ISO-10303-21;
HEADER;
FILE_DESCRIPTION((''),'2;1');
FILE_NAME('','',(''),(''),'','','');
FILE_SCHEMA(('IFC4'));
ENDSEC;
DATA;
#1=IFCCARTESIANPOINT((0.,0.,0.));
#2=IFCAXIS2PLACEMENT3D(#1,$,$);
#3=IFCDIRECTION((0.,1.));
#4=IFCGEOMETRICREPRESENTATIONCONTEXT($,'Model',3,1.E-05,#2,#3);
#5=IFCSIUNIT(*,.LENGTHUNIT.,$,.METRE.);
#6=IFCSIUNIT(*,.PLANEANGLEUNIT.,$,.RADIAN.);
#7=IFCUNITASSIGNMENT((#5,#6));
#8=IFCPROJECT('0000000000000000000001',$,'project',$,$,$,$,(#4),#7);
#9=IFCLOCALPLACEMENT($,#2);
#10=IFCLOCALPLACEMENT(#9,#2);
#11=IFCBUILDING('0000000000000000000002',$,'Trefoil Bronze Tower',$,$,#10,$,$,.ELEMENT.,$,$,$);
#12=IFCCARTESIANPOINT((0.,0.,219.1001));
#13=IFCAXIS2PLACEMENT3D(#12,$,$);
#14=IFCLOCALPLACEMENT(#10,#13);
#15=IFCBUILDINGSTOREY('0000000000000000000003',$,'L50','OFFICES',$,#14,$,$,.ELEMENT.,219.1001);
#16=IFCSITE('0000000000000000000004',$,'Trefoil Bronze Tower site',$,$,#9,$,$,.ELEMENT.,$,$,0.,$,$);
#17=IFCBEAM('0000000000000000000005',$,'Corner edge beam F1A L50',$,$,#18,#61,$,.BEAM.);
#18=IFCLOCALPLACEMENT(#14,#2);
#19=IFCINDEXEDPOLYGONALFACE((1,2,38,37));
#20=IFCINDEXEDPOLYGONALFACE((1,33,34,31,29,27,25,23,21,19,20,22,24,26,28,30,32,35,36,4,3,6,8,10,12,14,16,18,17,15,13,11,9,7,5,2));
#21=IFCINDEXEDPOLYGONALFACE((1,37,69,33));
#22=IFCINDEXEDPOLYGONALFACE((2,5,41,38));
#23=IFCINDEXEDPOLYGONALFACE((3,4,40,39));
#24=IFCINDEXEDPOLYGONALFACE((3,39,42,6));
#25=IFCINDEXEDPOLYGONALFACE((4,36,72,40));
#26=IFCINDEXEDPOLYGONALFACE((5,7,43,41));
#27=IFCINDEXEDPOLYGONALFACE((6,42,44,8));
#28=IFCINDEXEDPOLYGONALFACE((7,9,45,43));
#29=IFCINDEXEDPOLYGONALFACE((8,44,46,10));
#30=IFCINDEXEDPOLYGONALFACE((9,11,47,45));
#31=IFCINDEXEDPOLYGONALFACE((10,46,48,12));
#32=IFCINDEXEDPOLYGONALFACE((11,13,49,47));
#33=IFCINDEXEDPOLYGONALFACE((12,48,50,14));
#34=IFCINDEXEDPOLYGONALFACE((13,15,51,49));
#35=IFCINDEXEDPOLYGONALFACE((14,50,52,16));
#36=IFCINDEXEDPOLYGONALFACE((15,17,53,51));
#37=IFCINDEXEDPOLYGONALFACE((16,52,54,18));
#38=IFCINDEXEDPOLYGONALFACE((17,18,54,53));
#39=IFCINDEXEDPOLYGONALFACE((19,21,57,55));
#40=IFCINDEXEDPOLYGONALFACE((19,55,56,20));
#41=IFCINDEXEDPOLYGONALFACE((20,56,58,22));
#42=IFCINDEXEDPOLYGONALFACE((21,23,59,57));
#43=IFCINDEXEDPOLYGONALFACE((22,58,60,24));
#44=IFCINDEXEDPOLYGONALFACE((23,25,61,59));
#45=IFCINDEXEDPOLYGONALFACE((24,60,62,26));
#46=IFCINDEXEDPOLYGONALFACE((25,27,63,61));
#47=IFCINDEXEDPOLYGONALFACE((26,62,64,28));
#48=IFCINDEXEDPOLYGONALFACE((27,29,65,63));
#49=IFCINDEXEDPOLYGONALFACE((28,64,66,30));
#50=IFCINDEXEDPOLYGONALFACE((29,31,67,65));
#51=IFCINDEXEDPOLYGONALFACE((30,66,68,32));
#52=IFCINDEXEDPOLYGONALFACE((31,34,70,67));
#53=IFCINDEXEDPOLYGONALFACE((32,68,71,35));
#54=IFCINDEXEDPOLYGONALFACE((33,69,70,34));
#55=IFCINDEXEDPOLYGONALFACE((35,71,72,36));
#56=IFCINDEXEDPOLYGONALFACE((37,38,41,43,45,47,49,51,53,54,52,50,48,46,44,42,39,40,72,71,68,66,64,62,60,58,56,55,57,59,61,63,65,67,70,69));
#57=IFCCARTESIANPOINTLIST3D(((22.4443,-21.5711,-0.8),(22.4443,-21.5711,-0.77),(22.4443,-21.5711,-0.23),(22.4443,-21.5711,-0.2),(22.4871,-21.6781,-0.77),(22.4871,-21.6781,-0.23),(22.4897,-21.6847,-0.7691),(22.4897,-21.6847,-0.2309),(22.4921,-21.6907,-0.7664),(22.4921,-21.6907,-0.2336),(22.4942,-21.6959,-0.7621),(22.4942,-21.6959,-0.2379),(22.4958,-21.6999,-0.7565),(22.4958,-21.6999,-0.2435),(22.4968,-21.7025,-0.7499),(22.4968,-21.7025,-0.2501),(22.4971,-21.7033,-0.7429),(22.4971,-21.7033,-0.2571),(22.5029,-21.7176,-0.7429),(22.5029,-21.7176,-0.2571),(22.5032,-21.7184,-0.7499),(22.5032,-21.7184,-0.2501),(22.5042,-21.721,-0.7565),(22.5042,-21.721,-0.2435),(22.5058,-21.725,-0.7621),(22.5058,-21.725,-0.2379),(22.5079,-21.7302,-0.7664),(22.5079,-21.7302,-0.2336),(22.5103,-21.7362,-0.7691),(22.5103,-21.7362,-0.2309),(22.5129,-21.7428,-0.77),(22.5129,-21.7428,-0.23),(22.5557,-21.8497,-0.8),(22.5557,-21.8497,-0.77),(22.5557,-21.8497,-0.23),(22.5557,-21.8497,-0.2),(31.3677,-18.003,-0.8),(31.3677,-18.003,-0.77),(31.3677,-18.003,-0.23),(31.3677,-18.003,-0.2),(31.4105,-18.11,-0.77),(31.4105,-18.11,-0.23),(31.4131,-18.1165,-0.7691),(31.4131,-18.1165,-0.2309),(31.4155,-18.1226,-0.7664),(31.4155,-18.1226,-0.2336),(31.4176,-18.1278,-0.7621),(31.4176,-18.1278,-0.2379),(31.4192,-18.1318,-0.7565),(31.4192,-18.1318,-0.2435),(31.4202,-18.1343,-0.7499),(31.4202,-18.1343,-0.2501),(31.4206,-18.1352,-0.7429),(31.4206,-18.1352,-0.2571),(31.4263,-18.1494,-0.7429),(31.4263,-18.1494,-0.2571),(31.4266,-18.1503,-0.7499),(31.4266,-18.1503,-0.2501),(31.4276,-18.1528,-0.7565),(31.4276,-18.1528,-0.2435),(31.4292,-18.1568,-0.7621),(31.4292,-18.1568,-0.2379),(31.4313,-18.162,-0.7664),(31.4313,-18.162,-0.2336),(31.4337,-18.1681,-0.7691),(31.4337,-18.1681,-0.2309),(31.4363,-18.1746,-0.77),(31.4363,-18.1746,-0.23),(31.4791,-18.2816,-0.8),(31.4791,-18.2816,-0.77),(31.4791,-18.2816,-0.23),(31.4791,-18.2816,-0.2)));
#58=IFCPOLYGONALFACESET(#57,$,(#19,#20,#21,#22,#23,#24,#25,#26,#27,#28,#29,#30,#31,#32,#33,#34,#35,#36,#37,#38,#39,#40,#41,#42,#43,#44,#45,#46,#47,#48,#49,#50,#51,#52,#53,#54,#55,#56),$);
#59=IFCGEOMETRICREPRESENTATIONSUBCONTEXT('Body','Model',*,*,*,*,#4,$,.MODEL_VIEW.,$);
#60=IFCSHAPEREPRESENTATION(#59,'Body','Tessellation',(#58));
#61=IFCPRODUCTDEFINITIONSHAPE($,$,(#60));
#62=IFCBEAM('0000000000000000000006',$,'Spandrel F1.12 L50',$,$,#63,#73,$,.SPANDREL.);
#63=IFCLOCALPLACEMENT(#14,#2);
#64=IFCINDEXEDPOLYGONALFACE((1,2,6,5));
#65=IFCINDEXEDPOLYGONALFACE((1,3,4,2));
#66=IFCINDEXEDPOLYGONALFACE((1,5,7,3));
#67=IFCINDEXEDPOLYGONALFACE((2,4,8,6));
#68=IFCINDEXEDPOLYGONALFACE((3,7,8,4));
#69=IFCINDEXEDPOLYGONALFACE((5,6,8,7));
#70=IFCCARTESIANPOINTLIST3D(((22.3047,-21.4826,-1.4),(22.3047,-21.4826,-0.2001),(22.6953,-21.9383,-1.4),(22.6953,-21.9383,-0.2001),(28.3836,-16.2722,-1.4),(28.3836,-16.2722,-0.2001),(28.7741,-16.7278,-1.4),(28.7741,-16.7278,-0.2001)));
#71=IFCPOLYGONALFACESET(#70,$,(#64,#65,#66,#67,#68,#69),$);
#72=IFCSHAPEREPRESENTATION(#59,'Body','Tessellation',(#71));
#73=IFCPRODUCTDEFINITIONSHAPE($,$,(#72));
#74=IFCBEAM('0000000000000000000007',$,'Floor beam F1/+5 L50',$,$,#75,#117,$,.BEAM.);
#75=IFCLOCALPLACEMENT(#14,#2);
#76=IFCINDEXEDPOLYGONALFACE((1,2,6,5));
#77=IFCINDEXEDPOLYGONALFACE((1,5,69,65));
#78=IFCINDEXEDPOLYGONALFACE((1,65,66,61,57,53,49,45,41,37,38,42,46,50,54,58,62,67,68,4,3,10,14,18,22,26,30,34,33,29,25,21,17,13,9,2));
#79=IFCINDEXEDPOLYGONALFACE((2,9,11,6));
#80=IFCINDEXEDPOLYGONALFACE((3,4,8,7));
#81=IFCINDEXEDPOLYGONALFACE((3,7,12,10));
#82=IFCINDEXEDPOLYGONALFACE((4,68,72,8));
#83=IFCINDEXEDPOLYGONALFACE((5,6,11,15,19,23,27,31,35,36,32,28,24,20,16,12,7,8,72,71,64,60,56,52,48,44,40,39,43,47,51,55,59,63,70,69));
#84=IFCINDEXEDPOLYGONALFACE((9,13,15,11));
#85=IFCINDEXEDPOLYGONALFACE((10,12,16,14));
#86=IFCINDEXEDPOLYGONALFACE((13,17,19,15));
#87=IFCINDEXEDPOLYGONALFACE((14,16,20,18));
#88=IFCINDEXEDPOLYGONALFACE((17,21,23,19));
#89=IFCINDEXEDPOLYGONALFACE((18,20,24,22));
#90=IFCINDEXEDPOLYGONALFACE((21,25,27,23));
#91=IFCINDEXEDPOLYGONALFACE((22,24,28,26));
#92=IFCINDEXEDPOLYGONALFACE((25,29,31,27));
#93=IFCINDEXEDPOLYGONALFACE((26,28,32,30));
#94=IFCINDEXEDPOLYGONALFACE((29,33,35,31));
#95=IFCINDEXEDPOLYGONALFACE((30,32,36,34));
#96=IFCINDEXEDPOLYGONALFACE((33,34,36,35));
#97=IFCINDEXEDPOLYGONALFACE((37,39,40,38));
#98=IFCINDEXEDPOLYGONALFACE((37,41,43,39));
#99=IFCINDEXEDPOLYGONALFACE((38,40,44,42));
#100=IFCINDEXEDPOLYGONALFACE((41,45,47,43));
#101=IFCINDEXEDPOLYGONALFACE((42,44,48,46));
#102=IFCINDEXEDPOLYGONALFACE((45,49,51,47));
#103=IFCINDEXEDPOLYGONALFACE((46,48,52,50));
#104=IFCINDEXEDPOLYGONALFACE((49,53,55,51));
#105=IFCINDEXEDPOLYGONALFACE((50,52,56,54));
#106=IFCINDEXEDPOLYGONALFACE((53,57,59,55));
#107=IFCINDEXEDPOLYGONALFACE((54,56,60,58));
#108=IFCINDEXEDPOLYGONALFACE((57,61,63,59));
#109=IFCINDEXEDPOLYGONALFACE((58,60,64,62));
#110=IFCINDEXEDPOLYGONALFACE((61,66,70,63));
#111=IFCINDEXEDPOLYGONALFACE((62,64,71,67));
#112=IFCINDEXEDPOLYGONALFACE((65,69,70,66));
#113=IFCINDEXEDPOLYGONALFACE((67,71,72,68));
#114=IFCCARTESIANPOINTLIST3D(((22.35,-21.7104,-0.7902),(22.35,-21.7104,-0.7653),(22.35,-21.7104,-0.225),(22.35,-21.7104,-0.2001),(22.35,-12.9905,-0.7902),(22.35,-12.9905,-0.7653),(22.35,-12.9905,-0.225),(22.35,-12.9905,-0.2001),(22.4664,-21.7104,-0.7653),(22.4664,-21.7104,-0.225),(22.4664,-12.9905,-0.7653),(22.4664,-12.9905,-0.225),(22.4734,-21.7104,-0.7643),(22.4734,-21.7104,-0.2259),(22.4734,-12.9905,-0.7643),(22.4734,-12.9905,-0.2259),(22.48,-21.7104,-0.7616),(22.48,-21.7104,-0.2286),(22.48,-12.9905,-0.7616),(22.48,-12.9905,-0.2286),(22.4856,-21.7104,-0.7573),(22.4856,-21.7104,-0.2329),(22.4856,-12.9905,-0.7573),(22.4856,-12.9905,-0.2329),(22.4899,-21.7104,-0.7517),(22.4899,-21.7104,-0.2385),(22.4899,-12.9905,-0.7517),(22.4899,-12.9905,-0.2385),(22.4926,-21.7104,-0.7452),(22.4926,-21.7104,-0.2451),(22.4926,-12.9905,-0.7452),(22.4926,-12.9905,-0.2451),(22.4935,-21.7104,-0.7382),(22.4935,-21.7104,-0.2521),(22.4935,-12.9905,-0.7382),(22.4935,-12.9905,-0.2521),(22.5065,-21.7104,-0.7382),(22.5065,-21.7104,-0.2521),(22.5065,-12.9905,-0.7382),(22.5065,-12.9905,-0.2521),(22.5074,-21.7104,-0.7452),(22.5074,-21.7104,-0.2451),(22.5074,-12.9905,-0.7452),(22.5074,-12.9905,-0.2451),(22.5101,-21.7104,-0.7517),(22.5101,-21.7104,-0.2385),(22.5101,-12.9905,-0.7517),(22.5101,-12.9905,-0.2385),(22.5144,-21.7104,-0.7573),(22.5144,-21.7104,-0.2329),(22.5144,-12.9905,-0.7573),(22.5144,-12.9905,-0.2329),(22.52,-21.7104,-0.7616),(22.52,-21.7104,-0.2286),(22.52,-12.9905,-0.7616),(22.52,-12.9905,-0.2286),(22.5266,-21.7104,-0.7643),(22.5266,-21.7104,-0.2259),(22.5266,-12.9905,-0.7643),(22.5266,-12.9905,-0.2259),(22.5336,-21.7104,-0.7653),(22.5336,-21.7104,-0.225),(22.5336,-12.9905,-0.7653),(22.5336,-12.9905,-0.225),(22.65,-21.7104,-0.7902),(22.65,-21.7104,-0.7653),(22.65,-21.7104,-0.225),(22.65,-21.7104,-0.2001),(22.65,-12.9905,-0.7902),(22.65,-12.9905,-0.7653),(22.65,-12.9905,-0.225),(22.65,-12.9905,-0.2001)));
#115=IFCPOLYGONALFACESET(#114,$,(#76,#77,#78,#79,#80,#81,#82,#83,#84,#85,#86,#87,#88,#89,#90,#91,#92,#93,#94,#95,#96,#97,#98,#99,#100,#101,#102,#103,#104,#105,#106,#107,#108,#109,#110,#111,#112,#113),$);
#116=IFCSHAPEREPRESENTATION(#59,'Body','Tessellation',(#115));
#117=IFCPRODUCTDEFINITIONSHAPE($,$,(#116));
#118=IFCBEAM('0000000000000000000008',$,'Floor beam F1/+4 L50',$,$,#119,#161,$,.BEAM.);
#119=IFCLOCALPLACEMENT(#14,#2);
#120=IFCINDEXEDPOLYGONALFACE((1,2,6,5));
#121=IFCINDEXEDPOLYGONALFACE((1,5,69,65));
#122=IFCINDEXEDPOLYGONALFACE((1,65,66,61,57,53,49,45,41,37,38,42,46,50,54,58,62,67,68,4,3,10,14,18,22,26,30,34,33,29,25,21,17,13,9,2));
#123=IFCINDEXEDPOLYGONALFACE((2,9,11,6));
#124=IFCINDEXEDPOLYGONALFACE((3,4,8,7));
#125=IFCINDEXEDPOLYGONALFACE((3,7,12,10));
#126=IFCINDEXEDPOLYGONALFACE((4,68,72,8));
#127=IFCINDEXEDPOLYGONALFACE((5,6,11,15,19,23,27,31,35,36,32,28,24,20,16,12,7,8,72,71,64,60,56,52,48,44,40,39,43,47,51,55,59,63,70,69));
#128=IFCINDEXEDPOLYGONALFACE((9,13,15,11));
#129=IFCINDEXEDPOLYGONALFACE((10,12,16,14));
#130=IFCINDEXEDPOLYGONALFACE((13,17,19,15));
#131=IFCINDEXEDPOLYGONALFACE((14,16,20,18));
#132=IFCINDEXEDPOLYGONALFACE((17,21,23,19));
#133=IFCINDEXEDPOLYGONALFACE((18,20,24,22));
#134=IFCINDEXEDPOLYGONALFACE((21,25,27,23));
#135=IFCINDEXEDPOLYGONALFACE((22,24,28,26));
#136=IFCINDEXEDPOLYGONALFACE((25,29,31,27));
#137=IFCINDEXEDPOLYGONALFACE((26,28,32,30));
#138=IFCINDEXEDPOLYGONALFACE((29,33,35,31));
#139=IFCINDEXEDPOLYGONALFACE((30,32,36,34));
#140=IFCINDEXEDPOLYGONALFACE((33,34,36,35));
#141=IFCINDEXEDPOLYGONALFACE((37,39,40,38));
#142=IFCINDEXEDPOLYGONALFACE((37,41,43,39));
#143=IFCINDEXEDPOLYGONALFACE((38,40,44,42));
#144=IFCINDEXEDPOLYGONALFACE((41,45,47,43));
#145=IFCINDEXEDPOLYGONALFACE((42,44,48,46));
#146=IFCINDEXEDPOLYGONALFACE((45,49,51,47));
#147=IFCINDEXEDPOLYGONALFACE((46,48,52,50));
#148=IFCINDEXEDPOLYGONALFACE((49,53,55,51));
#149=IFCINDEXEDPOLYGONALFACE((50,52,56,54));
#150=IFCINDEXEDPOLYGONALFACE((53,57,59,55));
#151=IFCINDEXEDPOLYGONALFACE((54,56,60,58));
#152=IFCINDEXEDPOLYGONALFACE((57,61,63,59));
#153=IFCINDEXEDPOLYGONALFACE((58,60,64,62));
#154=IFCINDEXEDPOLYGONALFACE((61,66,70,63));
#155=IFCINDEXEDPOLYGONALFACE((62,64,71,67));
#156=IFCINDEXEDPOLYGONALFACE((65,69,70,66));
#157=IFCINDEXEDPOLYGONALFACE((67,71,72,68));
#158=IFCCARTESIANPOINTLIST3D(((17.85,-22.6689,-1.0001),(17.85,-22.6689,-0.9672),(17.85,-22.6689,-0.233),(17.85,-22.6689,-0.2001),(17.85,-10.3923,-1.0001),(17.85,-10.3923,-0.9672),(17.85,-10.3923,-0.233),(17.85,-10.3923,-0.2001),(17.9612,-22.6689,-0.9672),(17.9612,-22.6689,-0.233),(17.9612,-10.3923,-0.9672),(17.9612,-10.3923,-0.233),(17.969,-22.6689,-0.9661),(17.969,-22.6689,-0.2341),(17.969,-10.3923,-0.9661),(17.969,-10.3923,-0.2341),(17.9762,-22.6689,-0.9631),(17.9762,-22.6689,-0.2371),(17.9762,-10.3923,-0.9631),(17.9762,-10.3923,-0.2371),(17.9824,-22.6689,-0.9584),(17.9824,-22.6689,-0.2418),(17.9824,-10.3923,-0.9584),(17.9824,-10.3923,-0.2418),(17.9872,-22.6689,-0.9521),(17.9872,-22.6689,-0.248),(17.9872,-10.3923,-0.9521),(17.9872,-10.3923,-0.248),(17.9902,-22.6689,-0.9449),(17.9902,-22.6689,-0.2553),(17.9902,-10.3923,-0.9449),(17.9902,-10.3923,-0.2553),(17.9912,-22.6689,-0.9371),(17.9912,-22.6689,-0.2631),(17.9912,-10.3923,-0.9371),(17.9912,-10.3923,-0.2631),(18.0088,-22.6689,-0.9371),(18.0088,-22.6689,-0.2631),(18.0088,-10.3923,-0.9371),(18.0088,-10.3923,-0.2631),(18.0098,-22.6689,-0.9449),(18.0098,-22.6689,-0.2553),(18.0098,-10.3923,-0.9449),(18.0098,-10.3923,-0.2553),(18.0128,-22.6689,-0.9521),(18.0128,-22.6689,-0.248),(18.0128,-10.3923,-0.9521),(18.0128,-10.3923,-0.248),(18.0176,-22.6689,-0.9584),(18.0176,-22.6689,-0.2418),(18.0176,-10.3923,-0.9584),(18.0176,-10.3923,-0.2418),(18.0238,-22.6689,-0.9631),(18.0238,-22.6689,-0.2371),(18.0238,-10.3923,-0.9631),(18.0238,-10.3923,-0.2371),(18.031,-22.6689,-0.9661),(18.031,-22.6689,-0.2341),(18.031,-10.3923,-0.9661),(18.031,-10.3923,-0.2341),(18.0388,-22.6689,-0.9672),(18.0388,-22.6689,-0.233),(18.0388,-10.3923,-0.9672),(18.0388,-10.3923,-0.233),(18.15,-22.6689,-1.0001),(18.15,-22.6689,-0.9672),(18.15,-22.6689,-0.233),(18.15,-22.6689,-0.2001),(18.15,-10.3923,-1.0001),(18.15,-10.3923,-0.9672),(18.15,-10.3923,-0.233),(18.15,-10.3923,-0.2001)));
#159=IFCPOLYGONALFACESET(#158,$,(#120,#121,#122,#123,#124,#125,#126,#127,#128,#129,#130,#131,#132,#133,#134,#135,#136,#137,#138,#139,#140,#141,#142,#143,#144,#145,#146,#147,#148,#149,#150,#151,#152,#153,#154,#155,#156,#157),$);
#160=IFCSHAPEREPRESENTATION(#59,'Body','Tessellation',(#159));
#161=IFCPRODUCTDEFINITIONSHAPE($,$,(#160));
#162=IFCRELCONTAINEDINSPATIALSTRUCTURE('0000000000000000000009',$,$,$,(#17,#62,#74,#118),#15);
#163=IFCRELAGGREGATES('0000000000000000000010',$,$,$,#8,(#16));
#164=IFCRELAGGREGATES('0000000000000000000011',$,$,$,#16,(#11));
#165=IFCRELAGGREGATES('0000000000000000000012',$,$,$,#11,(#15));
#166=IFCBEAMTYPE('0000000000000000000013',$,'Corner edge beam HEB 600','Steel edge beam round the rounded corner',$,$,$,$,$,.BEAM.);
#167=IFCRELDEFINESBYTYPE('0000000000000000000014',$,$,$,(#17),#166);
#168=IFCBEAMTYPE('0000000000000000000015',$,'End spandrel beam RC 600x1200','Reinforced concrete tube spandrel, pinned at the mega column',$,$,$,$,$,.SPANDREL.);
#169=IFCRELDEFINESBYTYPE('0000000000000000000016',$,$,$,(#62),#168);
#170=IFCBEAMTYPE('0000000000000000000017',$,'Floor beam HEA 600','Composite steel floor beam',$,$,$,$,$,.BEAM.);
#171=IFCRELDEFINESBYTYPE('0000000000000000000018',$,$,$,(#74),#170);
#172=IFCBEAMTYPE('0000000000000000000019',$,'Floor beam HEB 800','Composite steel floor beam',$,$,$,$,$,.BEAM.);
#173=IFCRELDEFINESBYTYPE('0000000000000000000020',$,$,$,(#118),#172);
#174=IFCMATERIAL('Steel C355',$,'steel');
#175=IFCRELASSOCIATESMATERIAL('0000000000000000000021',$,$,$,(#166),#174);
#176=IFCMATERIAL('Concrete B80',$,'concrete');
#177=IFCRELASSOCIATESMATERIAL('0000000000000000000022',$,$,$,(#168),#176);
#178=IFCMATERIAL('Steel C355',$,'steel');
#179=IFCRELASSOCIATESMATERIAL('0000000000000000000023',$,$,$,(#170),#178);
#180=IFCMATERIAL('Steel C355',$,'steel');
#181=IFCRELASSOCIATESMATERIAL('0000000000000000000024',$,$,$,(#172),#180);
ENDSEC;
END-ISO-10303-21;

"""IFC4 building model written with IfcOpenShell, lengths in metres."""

from ifc_helpers import new_model, si_unit, direction, frame, origin, origin_2d, place, context, subcontext, project, spatial, rectangle, i_section, extrude, material, material_profile, profile_set, type_object, element, save


model = new_model("IFC4")

# Units and contexts
model_context = context("Model", 3, precision=1e-05, world=origin(), true_north=direction((0.0, 1.0)))
body_context = subcontext(model_context, "Body", "Model", "MODEL_VIEW")
ifc_project = project(units=[si_unit("LENGTHUNIT", "METRE"), si_unit("PLANEANGLEUNIT", "RADIAN")], contexts=[model_context])

# Site, building, storey
site_placement = place(None, origin())
site = spatial("IfcSite", under=ifc_project, at=site_placement, Name="Trefoil Bronze Tower site", CompositionType="ELEMENT", RefElevation=0.0)
building_placement = place(site_placement, origin())
building = spatial("IfcBuilding", under=site, at=building_placement, Name="Trefoil Bronze Tower", CompositionType="ELEMENT")
storey_placement = place(building_placement, frame((0.0, 0.0, 219.1001)))
storey = spatial("IfcBuildingStorey", under=building, at=storey_placement, Name="L50", Description="OFFICES", CompositionType="ELEMENT", Elevation=219.1001)

# Beams
ifc_material_1 = material(Name="Steel C355", Category="steel")
ifc_material_profile_1 = material_profile(ifc_material_1, i_section(OverallWidth=0.3, OverallDepth=0.6001, WebThickness=0.0154, FlangeThickness=0.03, FilletRadius=0.0271, at=origin_2d()), Name="HEB 600")
ifc_profile_set_1 = profile_set([ifc_material_profile_1], Name="Steel C355")
beam_type_1 = type_object("IfcBeamType", Name="Corner edge beam HEB 600", Description="Steel edge beam round the rounded corner", PredefinedType="BEAM", material=ifc_profile_set_1)
beam_1_placement = place(storey_placement, frame((22.5, -21.7104, -0.5), z_axis=(0.92852, 0.371281, 0.0), x_axis=(-0.371281, 0.92852, 0.0)))
element("IfcBeam", 1, at=beam_1_placement, inside=storey, type_object=beam_type_1, Name="Corner edge beam F1A L50", PredefinedType="BEAM", context=body_context, shape_type="SweptSolid", body=[
    extrude(i_section(OverallWidth=0.3, OverallDepth=0.6001, WebThickness=0.0154, FlangeThickness=0.03, FilletRadius=0.0271, at=origin_2d()), origin(), (0.0, 0.0, 1.0), 9.6104),
])
ifc_material_2 = material(Name="Concrete B80", Category="concrete")
ifc_material_profile_2 = material_profile(ifc_material_2, rectangle(XDim=0.6001, YDim=1.2, at=origin_2d()), Name="RC 600x1200")
ifc_profile_set_2 = profile_set([ifc_material_profile_2], Name="Concrete B80")
beam_type_2 = type_object("IfcBeamType", Name="End spandrel beam RC 600x1200", Description="Reinforced concrete tube spandrel, pinned at the mega column", PredefinedType="SPANDREL", material=ifc_profile_set_2)
beam_2_placement = place(storey_placement, frame((22.5, -21.7104, -0.8), z_axis=(0.759257, 0.650791, 0.0), x_axis=(-0.650791, 0.759257, 0.0)))
element("IfcBeam", 2, at=beam_2_placement, inside=storey, type_object=beam_type_2, Name="Spandrel F1.12 L50", PredefinedType="SPANDREL", context=body_context, shape_type="SweptSolid", body=[
    extrude(rectangle(XDim=0.6001, YDim=1.2, at=origin_2d()), origin(), (0.0, 0.0, 1.0), 8.0063),
])
ifc_material_3 = material(Name="Steel C355", Category="steel")
ifc_material_profile_3 = material_profile(ifc_material_3, i_section(OverallWidth=0.3, OverallDepth=0.5901, WebThickness=0.0129, FlangeThickness=0.0249, FilletRadius=0.0271, at=origin_2d()), Name="HEA 600")
ifc_profile_set_3 = profile_set([ifc_material_profile_3], Name="Steel C355")
beam_type_3 = type_object("IfcBeamType", Name="Floor beam HEA 600", Description="Composite steel floor beam", PredefinedType="BEAM", material=ifc_profile_set_3)
beam_3_placement = place(storey_placement, frame((22.5, -21.7104, -0.4951), z_axis=(0.0, 1.0, 0.0), x_axis=(-1.0, 0.0, 0.0)))
element("IfcBeam", 3, at=beam_3_placement, inside=storey, type_object=beam_type_3, Name="Floor beam F1/+5 L50", PredefinedType="BEAM", context=body_context, shape_type="SweptSolid", body=[
    extrude(i_section(OverallWidth=0.3, OverallDepth=0.5901, WebThickness=0.0129, FlangeThickness=0.0249, FilletRadius=0.0271, at=origin_2d()), origin(), (0.0, 0.0, 1.0), 8.72),
])
ifc_material_4 = material(Name="Steel C355", Category="steel")
ifc_material_profile_4 = material_profile(ifc_material_4, i_section(OverallWidth=0.3, OverallDepth=0.8, WebThickness=0.0176, FlangeThickness=0.033, FilletRadius=0.03, at=origin_2d()), Name="HEB 800")
ifc_profile_set_4 = profile_set([ifc_material_profile_4], Name="Steel C355")
beam_type_4 = type_object("IfcBeamType", Name="Floor beam HEB 800", Description="Composite steel floor beam", PredefinedType="BEAM", material=ifc_profile_set_4)
beam_4_placement = place(storey_placement, frame((18.0, -22.6689, -0.6001), z_axis=(0.0, 1.0, 0.0), x_axis=(-1.0, 0.0, 0.0)))
element("IfcBeam", 4, at=beam_4_placement, inside=storey, type_object=beam_type_4, Name="Floor beam F1/+4 L50", PredefinedType="BEAM", context=body_context, shape_type="SweptSolid", body=[
    extrude(i_section(OverallWidth=0.3, OverallDepth=0.8, WebThickness=0.0176, FlangeThickness=0.033, FilletRadius=0.03, at=origin_2d()), origin(), (0.0, 0.0, 1.0), 12.2766),
])

save(model, "model.ifc")
